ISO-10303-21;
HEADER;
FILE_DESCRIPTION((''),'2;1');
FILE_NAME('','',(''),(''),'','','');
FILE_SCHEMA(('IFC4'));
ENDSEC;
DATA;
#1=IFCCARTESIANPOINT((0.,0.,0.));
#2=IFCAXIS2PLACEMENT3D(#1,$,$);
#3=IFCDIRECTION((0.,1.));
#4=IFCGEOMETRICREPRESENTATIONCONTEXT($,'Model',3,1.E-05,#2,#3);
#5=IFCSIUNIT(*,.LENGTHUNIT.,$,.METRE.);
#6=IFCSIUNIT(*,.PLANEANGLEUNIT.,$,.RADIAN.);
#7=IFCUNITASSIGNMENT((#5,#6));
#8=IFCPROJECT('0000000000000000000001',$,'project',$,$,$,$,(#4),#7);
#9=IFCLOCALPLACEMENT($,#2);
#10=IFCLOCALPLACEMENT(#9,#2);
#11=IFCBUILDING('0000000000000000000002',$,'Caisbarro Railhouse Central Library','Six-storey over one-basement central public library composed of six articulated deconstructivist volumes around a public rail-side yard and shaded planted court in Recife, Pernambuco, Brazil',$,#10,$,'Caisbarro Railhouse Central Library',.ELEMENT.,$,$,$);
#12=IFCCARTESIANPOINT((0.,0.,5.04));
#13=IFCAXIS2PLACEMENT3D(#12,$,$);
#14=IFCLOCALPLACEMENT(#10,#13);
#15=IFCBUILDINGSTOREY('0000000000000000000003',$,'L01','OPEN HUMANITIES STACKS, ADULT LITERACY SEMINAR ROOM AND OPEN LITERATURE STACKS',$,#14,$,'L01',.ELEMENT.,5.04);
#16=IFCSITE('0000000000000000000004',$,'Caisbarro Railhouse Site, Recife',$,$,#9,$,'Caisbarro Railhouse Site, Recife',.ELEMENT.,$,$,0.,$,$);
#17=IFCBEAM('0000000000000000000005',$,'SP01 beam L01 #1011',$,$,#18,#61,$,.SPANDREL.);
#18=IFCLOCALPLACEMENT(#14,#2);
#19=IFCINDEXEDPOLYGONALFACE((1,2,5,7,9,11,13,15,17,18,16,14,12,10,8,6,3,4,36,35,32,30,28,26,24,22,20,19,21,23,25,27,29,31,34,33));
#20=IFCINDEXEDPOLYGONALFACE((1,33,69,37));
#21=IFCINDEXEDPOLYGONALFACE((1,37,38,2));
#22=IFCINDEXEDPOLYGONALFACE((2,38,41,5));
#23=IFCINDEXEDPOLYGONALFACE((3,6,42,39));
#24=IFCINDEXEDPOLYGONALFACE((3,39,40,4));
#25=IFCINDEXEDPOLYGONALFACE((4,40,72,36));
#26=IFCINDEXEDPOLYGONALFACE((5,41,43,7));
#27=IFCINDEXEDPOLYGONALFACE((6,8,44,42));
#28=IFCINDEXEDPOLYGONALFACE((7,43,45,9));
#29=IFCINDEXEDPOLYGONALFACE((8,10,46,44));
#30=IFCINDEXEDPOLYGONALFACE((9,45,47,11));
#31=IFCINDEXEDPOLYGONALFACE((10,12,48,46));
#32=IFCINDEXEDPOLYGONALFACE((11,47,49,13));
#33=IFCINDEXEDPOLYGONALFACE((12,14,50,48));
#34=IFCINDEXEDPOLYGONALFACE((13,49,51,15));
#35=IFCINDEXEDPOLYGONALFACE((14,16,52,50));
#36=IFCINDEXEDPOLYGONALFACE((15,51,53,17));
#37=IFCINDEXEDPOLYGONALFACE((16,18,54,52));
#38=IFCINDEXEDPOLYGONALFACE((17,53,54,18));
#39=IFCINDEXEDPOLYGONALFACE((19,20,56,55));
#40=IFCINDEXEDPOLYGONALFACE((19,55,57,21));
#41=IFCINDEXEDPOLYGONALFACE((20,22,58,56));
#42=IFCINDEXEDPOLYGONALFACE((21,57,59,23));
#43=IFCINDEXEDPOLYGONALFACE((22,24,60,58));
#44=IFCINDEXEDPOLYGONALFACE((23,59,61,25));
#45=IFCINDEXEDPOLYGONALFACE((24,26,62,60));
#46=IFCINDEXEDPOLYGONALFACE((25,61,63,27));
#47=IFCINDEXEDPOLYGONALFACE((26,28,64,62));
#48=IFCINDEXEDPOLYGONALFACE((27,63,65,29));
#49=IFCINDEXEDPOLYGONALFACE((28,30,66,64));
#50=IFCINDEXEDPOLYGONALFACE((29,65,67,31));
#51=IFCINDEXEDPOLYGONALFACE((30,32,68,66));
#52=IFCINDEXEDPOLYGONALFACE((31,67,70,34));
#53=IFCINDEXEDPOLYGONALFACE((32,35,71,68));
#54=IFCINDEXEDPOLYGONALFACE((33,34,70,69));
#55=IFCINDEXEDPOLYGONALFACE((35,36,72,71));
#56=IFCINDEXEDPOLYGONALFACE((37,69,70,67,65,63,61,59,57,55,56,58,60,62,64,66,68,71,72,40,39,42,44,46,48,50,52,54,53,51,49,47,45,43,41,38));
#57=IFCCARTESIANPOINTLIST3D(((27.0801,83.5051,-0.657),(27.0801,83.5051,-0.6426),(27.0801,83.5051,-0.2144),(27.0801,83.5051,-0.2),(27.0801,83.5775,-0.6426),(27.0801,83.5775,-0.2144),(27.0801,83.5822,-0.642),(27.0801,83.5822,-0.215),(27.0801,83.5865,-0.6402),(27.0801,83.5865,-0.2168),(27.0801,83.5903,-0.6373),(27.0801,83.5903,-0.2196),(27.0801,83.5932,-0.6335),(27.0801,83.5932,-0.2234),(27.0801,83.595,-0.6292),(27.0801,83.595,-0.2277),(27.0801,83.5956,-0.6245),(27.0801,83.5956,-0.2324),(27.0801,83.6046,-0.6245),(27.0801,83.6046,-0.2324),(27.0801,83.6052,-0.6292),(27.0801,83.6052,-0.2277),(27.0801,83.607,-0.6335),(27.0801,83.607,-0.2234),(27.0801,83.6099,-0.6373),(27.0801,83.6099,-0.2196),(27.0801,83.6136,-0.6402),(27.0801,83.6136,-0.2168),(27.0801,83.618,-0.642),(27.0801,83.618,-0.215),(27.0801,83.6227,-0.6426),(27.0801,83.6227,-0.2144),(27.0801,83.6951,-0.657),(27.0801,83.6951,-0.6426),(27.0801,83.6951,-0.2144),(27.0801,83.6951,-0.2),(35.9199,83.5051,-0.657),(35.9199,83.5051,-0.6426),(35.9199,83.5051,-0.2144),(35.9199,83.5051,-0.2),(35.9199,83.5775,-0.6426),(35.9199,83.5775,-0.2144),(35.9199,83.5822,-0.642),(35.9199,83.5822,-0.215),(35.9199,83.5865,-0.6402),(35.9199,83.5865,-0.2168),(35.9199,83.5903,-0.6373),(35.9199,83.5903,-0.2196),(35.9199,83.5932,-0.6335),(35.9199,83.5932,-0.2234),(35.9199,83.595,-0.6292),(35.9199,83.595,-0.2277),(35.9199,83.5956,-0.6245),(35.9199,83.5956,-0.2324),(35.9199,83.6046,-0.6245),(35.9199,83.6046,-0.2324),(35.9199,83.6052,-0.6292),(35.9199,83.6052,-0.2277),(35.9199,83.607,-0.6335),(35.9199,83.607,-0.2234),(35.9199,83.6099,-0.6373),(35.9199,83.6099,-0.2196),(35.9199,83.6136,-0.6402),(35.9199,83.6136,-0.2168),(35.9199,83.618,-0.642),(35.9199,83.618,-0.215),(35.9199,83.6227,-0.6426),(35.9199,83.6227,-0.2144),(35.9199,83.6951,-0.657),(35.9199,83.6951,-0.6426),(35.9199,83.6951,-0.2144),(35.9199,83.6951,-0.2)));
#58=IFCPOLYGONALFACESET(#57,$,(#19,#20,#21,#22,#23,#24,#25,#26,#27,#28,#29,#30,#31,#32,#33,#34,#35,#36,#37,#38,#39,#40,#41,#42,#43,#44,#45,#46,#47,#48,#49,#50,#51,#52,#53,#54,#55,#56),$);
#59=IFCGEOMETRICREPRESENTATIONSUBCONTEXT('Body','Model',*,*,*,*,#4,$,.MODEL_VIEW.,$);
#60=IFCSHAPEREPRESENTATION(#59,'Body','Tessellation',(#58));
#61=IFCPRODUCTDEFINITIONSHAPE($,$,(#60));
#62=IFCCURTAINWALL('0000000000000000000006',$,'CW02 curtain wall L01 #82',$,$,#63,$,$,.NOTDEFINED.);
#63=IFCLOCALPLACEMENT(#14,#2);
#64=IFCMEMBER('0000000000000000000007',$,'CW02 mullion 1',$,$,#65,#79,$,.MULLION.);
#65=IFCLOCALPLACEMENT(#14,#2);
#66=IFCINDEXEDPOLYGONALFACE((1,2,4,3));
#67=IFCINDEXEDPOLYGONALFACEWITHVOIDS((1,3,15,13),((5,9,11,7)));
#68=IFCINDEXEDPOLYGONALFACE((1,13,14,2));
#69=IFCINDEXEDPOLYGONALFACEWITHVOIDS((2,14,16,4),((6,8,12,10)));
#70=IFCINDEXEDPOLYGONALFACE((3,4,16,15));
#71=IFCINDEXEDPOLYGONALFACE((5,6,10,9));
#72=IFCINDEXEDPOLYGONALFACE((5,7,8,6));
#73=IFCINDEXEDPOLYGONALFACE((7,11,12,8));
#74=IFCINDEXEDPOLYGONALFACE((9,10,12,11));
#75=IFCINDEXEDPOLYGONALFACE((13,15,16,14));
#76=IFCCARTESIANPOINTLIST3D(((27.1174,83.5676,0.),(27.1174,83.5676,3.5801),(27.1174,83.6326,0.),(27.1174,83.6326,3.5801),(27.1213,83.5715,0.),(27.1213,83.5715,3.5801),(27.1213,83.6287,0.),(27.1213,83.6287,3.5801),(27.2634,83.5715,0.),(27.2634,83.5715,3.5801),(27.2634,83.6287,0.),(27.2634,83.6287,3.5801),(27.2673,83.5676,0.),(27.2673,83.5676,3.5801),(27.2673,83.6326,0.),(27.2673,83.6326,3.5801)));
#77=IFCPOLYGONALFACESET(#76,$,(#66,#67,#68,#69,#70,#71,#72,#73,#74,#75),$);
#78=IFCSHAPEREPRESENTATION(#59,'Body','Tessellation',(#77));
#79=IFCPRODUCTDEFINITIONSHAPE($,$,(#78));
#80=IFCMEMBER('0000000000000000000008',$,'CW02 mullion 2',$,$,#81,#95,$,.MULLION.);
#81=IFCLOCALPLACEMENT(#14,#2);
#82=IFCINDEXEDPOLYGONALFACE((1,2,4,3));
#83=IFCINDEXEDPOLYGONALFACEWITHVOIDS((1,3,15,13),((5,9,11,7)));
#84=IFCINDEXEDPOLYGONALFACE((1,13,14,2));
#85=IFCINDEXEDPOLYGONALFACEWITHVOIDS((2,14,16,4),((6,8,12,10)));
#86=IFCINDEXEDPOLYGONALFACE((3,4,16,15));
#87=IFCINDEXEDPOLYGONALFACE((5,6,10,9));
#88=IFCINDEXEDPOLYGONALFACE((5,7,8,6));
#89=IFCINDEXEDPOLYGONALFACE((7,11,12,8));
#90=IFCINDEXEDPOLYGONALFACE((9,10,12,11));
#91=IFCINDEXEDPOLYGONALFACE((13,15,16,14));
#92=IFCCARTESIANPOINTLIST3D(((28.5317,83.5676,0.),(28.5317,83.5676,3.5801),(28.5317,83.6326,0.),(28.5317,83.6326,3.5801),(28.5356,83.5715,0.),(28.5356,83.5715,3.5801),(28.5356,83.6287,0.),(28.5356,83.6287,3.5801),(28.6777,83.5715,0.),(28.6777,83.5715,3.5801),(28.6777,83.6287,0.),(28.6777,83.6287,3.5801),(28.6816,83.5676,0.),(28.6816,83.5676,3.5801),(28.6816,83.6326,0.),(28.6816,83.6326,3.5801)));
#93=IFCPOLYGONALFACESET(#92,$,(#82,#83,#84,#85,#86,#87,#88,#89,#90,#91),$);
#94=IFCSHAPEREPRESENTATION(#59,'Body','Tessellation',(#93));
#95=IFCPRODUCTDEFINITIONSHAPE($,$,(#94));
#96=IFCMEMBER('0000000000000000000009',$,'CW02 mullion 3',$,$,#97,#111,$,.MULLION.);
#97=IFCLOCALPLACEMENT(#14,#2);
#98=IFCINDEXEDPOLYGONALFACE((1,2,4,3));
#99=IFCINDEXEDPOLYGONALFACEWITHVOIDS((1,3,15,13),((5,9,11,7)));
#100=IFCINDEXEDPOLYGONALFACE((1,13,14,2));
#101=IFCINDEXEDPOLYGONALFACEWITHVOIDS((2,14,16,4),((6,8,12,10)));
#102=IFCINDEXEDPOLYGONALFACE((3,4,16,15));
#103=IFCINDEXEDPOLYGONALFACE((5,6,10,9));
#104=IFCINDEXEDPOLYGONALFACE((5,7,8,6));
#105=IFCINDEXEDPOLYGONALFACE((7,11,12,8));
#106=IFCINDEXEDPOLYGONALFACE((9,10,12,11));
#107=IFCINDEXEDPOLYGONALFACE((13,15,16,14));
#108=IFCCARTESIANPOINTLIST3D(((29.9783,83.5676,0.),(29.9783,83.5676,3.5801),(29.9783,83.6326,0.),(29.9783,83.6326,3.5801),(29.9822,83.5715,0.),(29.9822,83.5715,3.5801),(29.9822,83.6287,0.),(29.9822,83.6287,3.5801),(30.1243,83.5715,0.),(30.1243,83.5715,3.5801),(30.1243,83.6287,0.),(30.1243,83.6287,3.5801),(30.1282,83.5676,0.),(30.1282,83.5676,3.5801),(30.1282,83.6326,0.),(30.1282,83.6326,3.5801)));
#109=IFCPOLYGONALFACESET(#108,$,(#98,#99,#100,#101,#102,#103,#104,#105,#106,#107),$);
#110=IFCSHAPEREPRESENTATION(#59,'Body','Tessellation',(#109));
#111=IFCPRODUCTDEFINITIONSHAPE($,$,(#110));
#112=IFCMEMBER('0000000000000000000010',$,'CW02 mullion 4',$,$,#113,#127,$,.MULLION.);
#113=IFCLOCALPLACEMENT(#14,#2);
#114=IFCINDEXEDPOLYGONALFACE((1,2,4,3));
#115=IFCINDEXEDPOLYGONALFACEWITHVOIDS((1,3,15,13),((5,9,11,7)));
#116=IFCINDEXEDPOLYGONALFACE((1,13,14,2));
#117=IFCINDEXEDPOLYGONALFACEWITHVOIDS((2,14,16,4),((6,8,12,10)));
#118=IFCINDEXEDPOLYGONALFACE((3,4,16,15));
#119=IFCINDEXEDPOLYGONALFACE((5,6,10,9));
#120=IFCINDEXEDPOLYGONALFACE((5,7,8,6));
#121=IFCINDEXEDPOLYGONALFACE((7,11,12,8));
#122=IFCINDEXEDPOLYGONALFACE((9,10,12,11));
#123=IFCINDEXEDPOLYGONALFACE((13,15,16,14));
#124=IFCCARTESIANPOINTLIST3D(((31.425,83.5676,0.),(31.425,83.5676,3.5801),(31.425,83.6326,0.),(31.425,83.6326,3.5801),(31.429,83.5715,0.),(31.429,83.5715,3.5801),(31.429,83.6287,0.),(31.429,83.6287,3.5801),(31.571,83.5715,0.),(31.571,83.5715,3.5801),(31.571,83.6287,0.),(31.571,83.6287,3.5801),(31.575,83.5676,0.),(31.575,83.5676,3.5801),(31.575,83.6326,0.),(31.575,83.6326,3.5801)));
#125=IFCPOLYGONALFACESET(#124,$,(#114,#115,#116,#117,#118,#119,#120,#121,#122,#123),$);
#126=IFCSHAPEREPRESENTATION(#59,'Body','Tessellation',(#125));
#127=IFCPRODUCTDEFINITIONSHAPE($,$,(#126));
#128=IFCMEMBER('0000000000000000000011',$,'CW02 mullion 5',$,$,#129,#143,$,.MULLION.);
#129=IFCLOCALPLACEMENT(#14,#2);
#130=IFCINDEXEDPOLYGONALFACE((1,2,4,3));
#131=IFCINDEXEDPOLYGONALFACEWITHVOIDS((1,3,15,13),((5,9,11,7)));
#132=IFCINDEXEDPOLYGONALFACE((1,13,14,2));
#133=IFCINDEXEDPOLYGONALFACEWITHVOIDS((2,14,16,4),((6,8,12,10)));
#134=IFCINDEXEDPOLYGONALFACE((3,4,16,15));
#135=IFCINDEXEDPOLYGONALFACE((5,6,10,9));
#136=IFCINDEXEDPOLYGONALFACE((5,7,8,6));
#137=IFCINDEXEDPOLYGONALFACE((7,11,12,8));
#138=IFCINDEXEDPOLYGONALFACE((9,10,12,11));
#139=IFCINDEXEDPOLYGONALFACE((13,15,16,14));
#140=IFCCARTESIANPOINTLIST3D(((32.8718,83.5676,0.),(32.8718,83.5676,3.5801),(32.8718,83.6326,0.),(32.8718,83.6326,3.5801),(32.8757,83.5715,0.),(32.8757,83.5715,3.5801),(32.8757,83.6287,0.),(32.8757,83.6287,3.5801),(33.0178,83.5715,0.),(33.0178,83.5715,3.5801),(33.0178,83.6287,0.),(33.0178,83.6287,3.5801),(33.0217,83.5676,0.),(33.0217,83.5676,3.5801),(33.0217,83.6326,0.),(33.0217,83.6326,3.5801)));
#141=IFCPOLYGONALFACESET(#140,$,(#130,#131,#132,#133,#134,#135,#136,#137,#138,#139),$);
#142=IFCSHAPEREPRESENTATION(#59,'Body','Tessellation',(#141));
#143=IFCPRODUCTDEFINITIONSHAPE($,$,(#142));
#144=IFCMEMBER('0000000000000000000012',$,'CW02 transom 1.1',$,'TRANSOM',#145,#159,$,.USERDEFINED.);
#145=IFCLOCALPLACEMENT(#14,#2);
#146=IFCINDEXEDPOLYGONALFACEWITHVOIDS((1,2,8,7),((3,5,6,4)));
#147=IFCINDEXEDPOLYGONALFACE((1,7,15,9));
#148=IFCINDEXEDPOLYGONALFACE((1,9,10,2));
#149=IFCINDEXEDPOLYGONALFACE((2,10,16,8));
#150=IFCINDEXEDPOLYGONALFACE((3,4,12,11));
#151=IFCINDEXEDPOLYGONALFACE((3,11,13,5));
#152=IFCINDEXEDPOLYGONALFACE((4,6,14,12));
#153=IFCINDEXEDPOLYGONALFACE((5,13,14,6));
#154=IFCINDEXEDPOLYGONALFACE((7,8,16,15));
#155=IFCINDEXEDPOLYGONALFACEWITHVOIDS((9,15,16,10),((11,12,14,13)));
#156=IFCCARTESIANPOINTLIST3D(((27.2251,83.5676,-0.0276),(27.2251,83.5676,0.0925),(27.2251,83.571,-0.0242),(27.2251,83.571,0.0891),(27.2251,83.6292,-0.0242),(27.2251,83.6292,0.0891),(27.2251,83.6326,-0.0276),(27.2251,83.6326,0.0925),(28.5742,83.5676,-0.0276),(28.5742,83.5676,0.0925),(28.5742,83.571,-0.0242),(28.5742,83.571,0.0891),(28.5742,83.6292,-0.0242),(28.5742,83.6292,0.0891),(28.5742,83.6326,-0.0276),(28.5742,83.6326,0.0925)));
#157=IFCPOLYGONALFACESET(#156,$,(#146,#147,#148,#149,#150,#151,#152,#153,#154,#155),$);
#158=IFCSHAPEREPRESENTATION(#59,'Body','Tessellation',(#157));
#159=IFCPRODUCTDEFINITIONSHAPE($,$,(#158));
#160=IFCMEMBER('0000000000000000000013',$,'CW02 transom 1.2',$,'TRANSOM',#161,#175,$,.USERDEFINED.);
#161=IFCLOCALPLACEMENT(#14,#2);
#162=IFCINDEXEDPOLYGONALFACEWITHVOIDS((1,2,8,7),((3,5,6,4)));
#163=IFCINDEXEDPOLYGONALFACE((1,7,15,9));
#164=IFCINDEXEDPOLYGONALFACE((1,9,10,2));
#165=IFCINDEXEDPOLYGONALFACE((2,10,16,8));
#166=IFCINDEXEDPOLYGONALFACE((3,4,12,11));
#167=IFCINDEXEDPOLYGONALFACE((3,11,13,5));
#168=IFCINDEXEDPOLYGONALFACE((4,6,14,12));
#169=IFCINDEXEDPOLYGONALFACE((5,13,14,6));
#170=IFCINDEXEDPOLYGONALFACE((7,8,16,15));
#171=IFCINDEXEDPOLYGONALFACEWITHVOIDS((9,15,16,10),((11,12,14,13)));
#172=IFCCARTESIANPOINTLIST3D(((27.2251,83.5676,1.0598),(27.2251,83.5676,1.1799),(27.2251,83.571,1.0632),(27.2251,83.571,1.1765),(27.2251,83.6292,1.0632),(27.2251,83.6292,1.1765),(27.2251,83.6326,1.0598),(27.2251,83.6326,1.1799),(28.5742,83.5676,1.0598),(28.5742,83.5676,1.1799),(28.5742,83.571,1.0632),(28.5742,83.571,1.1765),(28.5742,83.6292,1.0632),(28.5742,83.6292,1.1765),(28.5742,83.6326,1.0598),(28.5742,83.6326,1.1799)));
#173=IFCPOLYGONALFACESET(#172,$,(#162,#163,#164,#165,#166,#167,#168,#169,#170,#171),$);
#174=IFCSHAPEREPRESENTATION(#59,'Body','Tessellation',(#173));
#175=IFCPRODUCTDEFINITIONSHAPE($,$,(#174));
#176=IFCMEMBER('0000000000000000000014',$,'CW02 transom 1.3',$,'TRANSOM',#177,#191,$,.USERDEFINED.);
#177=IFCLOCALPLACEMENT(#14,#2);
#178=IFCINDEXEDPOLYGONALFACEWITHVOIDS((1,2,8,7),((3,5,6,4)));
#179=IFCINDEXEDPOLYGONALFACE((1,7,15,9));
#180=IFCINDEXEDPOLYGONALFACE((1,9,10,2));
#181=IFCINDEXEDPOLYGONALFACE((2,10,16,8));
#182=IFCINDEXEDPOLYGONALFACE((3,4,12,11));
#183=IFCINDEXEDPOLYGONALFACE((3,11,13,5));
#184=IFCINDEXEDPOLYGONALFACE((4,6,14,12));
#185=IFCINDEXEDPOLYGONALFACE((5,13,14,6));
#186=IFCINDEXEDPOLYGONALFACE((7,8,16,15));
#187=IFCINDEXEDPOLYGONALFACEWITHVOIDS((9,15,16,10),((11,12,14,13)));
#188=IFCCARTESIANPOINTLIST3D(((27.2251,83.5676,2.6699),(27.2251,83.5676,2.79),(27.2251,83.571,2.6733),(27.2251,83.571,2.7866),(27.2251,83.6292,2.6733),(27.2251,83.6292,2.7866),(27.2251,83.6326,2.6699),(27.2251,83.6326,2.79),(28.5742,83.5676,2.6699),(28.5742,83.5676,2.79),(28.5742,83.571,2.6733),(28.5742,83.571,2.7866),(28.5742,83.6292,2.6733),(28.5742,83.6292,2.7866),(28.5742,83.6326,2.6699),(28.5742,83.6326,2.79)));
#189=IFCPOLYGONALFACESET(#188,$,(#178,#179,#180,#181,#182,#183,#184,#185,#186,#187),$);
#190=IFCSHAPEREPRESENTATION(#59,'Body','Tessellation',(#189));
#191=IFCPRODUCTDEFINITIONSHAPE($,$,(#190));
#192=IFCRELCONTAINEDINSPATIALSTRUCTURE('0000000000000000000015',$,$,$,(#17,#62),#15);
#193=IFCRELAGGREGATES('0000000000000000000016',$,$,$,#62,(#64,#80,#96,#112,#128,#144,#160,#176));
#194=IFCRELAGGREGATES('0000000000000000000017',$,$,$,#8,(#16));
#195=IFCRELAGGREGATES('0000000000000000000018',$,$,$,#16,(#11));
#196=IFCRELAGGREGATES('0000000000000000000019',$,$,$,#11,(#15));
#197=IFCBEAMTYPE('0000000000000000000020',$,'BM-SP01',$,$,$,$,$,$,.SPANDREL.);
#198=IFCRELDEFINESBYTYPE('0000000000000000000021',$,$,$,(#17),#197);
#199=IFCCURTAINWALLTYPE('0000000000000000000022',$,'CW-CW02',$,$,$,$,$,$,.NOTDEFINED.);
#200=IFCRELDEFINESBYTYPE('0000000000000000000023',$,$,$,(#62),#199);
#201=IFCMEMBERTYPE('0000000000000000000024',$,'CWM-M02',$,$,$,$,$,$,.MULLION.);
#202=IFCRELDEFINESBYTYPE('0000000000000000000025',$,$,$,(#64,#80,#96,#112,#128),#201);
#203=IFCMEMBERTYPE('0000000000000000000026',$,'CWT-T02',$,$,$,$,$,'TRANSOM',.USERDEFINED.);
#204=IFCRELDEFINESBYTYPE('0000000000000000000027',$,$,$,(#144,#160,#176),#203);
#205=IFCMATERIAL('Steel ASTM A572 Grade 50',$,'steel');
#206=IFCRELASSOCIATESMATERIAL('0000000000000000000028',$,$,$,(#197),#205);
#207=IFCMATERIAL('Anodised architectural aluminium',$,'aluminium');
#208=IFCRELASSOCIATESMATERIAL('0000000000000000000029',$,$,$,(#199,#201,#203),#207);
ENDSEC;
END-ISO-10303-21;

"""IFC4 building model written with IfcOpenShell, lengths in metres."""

from ifc_helpers import new_model, si_unit, direction, frame, origin, origin_2d, place, context, subcontext, project, spatial, hollow_rectangle, i_section, extrude, material, material_profile, profile_set, type_object, element, aggregate, save


model = new_model("IFC4")

# Units and contexts
model_context = context("Model", 3, precision=1e-05, world=origin(), true_north=direction((0.0, 1.0)))
body_context = subcontext(model_context, "Body", "Model", "MODEL_VIEW")
ifc_project = project(units=[si_unit("LENGTHUNIT", "METRE"), si_unit("PLANEANGLEUNIT", "RADIAN")], contexts=[model_context])

# Site, building, storey
site_placement = place(None, origin())
site = spatial("IfcSite", under=ifc_project, at=site_placement, Name="Caisbarro Railhouse Site, Recife", LongName="Caisbarro Railhouse Site, Recife", CompositionType="ELEMENT", RefElevation=0.0)
building_placement = place(site_placement, origin())
building = spatial("IfcBuilding", under=site, at=building_placement, Name="Caisbarro Railhouse Central Library", Description="Six-storey over one-basement central public library composed of six articulated deconstructivist volumes around a public rail-side yard and shaded planted court in Recife, Pernambuco, Brazil", LongName="Caisbarro Railhouse Central Library", CompositionType="ELEMENT")
storey_placement = place(building_placement, frame((0.0, 0.0, 5.04)))
storey = spatial("IfcBuildingStorey", under=building, at=storey_placement, Name="L01", Description="OPEN HUMANITIES STACKS, ADULT LITERACY SEMINAR ROOM AND OPEN LITERATURE STACKS", LongName="L01", CompositionType="ELEMENT", Elevation=5.04)

# Beam
ifc_material_1 = material(Name="Steel ASTM A572 Grade 50", Category="steel")
ifc_material_profile_1 = material_profile(ifc_material_1, i_section(OverallWidth=0.1899, OverallDepth=0.457, WebThickness=0.009, FlangeThickness=0.0144, FilletRadius=0.0181, at=origin_2d()), Name="W460X74.0")
ifc_profile_set_1 = profile_set([ifc_material_profile_1], Name="Steel ASTM A572 Grade 50")
beam_type = type_object("IfcBeamType", Name="BM-SP01", PredefinedType="SPANDREL", material=ifc_profile_set_1)
beam_placement = place(storey_placement, frame((27.0801, 83.6001, -0.4285), z_axis=(1.0, 0.0, 0.0), x_axis=(0.0, 1.0, 0.0)))
element("IfcBeam", 1, at=beam_placement, inside=storey, type_object=beam_type, Name="SP01 beam L01 #1011", PredefinedType="SPANDREL", context=body_context, shape_type="SweptSolid", body=[
    extrude(i_section(OverallWidth=0.1899, OverallDepth=0.457, WebThickness=0.009, FlangeThickness=0.0144, FilletRadius=0.0181, at=origin_2d()), origin(), (0.0, 0.0, 1.0), 8.8398),
])

# Curtain wall, members
ifc_material_2 = material(Name="Anodised architectural aluminium", Category="aluminium")
curtain_wall_type = type_object("IfcCurtainWallType", Name="CW-CW02", PredefinedType="NOTDEFINED", material=ifc_material_2)
curtain_wall_placement = place(storey_placement, origin())
curtain_wall = element("IfcCurtainWall", 2, at=curtain_wall_placement, inside=storey, type_object=curtain_wall_type, Name="CW02 curtain wall L01 #82", PredefinedType="NOTDEFINED")
ifc_material_profile_2 = material_profile(ifc_material_2, hollow_rectangle(XDim=0.0649, YDim=0.1499, WallThickness=0.0039, at=origin_2d()), Name="ALU-MUL-65X150")
ifc_profile_set_2 = profile_set([ifc_material_profile_2], Name="Anodised architectural aluminium")
member_type_1 = type_object("IfcMemberType", Name="CWM-M02", PredefinedType="MULLION", material=ifc_profile_set_2)
member_1_placement = place(storey_placement, frame((27.1924, 83.6001, 0.0), z_axis=(0.0, 0.0, 1.0), x_axis=(0.0, 1.0, 0.0)))
member_1 = element("IfcMember", 3, at=member_1_placement, type_object=member_type_1, Name="CW02 mullion 1", PredefinedType="MULLION", context=body_context, shape_type="SweptSolid", body=[
    extrude(hollow_rectangle(XDim=0.0649, YDim=0.1499, WallThickness=0.0039, at=origin_2d()), origin(), (0.0, 0.0, 1.0), 3.5801),
])
member_2_placement = place(storey_placement, frame((28.6067, 83.6001, 0.0), z_axis=(0.0, 0.0, 1.0), x_axis=(0.0, 1.0, 0.0)))
member_2 = element("IfcMember", 4, at=member_2_placement, type_object=member_type_1, Name="CW02 mullion 2", PredefinedType="MULLION", context=body_context, shape_type="SweptSolid", body=[
    extrude(hollow_rectangle(XDim=0.0649, YDim=0.1499, WallThickness=0.0039, at=origin_2d()), origin(), (0.0, 0.0, 1.0), 3.5801),
])
member_3_placement = place(storey_placement, frame((30.0532, 83.6001, 0.0), z_axis=(0.0, 0.0, 1.0), x_axis=(0.0, 1.0, 0.0)))
member_3 = element("IfcMember", 5, at=member_3_placement, type_object=member_type_1, Name="CW02 mullion 3", PredefinedType="MULLION", context=body_context, shape_type="SweptSolid", body=[
    extrude(hollow_rectangle(XDim=0.0649, YDim=0.1499, WallThickness=0.0039, at=origin_2d()), origin(), (0.0, 0.0, 1.0), 3.5801),
])
member_4_placement = place(storey_placement, frame((31.5, 83.6001, 0.0), z_axis=(0.0, 0.0, 1.0), x_axis=(0.0, 1.0, 0.0)))
member_4 = element("IfcMember", 6, at=member_4_placement, type_object=member_type_1, Name="CW02 mullion 4", PredefinedType="MULLION", context=body_context, shape_type="SweptSolid", body=[
    extrude(hollow_rectangle(XDim=0.0649, YDim=0.1499, WallThickness=0.0039, at=origin_2d()), origin(), (0.0, 0.0, 1.0), 3.5801),
])
member_5_placement = place(storey_placement, frame((32.9468, 83.6001, 0.0), z_axis=(0.0, 0.0, 1.0), x_axis=(0.0, 1.0, 0.0)))
member_5 = element("IfcMember", 7, at=member_5_placement, type_object=member_type_1, Name="CW02 mullion 5", PredefinedType="MULLION", context=body_context, shape_type="SweptSolid", body=[
    extrude(hollow_rectangle(XDim=0.0649, YDim=0.1499, WallThickness=0.0039, at=origin_2d()), origin(), (0.0, 0.0, 1.0), 3.5801),
])
ifc_material_profile_3 = material_profile(ifc_material_2, hollow_rectangle(XDim=0.0649, YDim=0.1201, WallThickness=0.0034, at=origin_2d()), Name="ALU-TRN-65X120")
ifc_profile_set_3 = profile_set([ifc_material_profile_3], Name="Anodised architectural aluminium")
member_type_2 = type_object("IfcMemberType", Name="CWT-T02", ElementType="TRANSOM", PredefinedType="USERDEFINED", material=ifc_profile_set_3)
member_6_placement = place(storey_placement, frame((27.2251, 83.6001, 0.0325), z_axis=(1.0, 0.0, 0.0), x_axis=(0.0, 1.0, 0.0)))
member_6 = element("IfcMember", 8, at=member_6_placement, type_object=member_type_2, Name="CW02 transom 1.1", ObjectType="TRANSOM", PredefinedType="USERDEFINED", context=body_context, shape_type="SweptSolid", body=[
    extrude(hollow_rectangle(XDim=0.0649, YDim=0.1201, WallThickness=0.0034, at=origin_2d()), origin(), (0.0, 0.0, 1.0), 1.3491),
])
member_7_placement = place(storey_placement, frame((27.2251, 83.6001, 1.1199), z_axis=(1.0, 0.0, 0.0), x_axis=(0.0, 1.0, 0.0)))
member_7 = element("IfcMember", 9, at=member_7_placement, type_object=member_type_2, Name="CW02 transom 1.2", ObjectType="TRANSOM", PredefinedType="USERDEFINED", context=body_context, shape_type="SweptSolid", body=[
    extrude(hollow_rectangle(XDim=0.0649, YDim=0.1201, WallThickness=0.0034, at=origin_2d()), origin(), (0.0, 0.0, 1.0), 1.3491),
])
member_8_placement = place(storey_placement, frame((27.2251, 83.6001, 2.73), z_axis=(1.0, 0.0, 0.0), x_axis=(0.0, 1.0, 0.0)))
member_8 = element("IfcMember", 10, at=member_8_placement, type_object=member_type_2, Name="CW02 transom 1.3", ObjectType="TRANSOM", PredefinedType="USERDEFINED", context=body_context, shape_type="SweptSolid", body=[
    extrude(hollow_rectangle(XDim=0.0649, YDim=0.1201, WallThickness=0.0034, at=origin_2d()), origin(), (0.0, 0.0, 1.0), 1.3491),
])
aggregate(curtain_wall, [member_1, member_2, member_3, member_4, member_5, member_6, member_7, member_8])

save(model, "model.ifc")
